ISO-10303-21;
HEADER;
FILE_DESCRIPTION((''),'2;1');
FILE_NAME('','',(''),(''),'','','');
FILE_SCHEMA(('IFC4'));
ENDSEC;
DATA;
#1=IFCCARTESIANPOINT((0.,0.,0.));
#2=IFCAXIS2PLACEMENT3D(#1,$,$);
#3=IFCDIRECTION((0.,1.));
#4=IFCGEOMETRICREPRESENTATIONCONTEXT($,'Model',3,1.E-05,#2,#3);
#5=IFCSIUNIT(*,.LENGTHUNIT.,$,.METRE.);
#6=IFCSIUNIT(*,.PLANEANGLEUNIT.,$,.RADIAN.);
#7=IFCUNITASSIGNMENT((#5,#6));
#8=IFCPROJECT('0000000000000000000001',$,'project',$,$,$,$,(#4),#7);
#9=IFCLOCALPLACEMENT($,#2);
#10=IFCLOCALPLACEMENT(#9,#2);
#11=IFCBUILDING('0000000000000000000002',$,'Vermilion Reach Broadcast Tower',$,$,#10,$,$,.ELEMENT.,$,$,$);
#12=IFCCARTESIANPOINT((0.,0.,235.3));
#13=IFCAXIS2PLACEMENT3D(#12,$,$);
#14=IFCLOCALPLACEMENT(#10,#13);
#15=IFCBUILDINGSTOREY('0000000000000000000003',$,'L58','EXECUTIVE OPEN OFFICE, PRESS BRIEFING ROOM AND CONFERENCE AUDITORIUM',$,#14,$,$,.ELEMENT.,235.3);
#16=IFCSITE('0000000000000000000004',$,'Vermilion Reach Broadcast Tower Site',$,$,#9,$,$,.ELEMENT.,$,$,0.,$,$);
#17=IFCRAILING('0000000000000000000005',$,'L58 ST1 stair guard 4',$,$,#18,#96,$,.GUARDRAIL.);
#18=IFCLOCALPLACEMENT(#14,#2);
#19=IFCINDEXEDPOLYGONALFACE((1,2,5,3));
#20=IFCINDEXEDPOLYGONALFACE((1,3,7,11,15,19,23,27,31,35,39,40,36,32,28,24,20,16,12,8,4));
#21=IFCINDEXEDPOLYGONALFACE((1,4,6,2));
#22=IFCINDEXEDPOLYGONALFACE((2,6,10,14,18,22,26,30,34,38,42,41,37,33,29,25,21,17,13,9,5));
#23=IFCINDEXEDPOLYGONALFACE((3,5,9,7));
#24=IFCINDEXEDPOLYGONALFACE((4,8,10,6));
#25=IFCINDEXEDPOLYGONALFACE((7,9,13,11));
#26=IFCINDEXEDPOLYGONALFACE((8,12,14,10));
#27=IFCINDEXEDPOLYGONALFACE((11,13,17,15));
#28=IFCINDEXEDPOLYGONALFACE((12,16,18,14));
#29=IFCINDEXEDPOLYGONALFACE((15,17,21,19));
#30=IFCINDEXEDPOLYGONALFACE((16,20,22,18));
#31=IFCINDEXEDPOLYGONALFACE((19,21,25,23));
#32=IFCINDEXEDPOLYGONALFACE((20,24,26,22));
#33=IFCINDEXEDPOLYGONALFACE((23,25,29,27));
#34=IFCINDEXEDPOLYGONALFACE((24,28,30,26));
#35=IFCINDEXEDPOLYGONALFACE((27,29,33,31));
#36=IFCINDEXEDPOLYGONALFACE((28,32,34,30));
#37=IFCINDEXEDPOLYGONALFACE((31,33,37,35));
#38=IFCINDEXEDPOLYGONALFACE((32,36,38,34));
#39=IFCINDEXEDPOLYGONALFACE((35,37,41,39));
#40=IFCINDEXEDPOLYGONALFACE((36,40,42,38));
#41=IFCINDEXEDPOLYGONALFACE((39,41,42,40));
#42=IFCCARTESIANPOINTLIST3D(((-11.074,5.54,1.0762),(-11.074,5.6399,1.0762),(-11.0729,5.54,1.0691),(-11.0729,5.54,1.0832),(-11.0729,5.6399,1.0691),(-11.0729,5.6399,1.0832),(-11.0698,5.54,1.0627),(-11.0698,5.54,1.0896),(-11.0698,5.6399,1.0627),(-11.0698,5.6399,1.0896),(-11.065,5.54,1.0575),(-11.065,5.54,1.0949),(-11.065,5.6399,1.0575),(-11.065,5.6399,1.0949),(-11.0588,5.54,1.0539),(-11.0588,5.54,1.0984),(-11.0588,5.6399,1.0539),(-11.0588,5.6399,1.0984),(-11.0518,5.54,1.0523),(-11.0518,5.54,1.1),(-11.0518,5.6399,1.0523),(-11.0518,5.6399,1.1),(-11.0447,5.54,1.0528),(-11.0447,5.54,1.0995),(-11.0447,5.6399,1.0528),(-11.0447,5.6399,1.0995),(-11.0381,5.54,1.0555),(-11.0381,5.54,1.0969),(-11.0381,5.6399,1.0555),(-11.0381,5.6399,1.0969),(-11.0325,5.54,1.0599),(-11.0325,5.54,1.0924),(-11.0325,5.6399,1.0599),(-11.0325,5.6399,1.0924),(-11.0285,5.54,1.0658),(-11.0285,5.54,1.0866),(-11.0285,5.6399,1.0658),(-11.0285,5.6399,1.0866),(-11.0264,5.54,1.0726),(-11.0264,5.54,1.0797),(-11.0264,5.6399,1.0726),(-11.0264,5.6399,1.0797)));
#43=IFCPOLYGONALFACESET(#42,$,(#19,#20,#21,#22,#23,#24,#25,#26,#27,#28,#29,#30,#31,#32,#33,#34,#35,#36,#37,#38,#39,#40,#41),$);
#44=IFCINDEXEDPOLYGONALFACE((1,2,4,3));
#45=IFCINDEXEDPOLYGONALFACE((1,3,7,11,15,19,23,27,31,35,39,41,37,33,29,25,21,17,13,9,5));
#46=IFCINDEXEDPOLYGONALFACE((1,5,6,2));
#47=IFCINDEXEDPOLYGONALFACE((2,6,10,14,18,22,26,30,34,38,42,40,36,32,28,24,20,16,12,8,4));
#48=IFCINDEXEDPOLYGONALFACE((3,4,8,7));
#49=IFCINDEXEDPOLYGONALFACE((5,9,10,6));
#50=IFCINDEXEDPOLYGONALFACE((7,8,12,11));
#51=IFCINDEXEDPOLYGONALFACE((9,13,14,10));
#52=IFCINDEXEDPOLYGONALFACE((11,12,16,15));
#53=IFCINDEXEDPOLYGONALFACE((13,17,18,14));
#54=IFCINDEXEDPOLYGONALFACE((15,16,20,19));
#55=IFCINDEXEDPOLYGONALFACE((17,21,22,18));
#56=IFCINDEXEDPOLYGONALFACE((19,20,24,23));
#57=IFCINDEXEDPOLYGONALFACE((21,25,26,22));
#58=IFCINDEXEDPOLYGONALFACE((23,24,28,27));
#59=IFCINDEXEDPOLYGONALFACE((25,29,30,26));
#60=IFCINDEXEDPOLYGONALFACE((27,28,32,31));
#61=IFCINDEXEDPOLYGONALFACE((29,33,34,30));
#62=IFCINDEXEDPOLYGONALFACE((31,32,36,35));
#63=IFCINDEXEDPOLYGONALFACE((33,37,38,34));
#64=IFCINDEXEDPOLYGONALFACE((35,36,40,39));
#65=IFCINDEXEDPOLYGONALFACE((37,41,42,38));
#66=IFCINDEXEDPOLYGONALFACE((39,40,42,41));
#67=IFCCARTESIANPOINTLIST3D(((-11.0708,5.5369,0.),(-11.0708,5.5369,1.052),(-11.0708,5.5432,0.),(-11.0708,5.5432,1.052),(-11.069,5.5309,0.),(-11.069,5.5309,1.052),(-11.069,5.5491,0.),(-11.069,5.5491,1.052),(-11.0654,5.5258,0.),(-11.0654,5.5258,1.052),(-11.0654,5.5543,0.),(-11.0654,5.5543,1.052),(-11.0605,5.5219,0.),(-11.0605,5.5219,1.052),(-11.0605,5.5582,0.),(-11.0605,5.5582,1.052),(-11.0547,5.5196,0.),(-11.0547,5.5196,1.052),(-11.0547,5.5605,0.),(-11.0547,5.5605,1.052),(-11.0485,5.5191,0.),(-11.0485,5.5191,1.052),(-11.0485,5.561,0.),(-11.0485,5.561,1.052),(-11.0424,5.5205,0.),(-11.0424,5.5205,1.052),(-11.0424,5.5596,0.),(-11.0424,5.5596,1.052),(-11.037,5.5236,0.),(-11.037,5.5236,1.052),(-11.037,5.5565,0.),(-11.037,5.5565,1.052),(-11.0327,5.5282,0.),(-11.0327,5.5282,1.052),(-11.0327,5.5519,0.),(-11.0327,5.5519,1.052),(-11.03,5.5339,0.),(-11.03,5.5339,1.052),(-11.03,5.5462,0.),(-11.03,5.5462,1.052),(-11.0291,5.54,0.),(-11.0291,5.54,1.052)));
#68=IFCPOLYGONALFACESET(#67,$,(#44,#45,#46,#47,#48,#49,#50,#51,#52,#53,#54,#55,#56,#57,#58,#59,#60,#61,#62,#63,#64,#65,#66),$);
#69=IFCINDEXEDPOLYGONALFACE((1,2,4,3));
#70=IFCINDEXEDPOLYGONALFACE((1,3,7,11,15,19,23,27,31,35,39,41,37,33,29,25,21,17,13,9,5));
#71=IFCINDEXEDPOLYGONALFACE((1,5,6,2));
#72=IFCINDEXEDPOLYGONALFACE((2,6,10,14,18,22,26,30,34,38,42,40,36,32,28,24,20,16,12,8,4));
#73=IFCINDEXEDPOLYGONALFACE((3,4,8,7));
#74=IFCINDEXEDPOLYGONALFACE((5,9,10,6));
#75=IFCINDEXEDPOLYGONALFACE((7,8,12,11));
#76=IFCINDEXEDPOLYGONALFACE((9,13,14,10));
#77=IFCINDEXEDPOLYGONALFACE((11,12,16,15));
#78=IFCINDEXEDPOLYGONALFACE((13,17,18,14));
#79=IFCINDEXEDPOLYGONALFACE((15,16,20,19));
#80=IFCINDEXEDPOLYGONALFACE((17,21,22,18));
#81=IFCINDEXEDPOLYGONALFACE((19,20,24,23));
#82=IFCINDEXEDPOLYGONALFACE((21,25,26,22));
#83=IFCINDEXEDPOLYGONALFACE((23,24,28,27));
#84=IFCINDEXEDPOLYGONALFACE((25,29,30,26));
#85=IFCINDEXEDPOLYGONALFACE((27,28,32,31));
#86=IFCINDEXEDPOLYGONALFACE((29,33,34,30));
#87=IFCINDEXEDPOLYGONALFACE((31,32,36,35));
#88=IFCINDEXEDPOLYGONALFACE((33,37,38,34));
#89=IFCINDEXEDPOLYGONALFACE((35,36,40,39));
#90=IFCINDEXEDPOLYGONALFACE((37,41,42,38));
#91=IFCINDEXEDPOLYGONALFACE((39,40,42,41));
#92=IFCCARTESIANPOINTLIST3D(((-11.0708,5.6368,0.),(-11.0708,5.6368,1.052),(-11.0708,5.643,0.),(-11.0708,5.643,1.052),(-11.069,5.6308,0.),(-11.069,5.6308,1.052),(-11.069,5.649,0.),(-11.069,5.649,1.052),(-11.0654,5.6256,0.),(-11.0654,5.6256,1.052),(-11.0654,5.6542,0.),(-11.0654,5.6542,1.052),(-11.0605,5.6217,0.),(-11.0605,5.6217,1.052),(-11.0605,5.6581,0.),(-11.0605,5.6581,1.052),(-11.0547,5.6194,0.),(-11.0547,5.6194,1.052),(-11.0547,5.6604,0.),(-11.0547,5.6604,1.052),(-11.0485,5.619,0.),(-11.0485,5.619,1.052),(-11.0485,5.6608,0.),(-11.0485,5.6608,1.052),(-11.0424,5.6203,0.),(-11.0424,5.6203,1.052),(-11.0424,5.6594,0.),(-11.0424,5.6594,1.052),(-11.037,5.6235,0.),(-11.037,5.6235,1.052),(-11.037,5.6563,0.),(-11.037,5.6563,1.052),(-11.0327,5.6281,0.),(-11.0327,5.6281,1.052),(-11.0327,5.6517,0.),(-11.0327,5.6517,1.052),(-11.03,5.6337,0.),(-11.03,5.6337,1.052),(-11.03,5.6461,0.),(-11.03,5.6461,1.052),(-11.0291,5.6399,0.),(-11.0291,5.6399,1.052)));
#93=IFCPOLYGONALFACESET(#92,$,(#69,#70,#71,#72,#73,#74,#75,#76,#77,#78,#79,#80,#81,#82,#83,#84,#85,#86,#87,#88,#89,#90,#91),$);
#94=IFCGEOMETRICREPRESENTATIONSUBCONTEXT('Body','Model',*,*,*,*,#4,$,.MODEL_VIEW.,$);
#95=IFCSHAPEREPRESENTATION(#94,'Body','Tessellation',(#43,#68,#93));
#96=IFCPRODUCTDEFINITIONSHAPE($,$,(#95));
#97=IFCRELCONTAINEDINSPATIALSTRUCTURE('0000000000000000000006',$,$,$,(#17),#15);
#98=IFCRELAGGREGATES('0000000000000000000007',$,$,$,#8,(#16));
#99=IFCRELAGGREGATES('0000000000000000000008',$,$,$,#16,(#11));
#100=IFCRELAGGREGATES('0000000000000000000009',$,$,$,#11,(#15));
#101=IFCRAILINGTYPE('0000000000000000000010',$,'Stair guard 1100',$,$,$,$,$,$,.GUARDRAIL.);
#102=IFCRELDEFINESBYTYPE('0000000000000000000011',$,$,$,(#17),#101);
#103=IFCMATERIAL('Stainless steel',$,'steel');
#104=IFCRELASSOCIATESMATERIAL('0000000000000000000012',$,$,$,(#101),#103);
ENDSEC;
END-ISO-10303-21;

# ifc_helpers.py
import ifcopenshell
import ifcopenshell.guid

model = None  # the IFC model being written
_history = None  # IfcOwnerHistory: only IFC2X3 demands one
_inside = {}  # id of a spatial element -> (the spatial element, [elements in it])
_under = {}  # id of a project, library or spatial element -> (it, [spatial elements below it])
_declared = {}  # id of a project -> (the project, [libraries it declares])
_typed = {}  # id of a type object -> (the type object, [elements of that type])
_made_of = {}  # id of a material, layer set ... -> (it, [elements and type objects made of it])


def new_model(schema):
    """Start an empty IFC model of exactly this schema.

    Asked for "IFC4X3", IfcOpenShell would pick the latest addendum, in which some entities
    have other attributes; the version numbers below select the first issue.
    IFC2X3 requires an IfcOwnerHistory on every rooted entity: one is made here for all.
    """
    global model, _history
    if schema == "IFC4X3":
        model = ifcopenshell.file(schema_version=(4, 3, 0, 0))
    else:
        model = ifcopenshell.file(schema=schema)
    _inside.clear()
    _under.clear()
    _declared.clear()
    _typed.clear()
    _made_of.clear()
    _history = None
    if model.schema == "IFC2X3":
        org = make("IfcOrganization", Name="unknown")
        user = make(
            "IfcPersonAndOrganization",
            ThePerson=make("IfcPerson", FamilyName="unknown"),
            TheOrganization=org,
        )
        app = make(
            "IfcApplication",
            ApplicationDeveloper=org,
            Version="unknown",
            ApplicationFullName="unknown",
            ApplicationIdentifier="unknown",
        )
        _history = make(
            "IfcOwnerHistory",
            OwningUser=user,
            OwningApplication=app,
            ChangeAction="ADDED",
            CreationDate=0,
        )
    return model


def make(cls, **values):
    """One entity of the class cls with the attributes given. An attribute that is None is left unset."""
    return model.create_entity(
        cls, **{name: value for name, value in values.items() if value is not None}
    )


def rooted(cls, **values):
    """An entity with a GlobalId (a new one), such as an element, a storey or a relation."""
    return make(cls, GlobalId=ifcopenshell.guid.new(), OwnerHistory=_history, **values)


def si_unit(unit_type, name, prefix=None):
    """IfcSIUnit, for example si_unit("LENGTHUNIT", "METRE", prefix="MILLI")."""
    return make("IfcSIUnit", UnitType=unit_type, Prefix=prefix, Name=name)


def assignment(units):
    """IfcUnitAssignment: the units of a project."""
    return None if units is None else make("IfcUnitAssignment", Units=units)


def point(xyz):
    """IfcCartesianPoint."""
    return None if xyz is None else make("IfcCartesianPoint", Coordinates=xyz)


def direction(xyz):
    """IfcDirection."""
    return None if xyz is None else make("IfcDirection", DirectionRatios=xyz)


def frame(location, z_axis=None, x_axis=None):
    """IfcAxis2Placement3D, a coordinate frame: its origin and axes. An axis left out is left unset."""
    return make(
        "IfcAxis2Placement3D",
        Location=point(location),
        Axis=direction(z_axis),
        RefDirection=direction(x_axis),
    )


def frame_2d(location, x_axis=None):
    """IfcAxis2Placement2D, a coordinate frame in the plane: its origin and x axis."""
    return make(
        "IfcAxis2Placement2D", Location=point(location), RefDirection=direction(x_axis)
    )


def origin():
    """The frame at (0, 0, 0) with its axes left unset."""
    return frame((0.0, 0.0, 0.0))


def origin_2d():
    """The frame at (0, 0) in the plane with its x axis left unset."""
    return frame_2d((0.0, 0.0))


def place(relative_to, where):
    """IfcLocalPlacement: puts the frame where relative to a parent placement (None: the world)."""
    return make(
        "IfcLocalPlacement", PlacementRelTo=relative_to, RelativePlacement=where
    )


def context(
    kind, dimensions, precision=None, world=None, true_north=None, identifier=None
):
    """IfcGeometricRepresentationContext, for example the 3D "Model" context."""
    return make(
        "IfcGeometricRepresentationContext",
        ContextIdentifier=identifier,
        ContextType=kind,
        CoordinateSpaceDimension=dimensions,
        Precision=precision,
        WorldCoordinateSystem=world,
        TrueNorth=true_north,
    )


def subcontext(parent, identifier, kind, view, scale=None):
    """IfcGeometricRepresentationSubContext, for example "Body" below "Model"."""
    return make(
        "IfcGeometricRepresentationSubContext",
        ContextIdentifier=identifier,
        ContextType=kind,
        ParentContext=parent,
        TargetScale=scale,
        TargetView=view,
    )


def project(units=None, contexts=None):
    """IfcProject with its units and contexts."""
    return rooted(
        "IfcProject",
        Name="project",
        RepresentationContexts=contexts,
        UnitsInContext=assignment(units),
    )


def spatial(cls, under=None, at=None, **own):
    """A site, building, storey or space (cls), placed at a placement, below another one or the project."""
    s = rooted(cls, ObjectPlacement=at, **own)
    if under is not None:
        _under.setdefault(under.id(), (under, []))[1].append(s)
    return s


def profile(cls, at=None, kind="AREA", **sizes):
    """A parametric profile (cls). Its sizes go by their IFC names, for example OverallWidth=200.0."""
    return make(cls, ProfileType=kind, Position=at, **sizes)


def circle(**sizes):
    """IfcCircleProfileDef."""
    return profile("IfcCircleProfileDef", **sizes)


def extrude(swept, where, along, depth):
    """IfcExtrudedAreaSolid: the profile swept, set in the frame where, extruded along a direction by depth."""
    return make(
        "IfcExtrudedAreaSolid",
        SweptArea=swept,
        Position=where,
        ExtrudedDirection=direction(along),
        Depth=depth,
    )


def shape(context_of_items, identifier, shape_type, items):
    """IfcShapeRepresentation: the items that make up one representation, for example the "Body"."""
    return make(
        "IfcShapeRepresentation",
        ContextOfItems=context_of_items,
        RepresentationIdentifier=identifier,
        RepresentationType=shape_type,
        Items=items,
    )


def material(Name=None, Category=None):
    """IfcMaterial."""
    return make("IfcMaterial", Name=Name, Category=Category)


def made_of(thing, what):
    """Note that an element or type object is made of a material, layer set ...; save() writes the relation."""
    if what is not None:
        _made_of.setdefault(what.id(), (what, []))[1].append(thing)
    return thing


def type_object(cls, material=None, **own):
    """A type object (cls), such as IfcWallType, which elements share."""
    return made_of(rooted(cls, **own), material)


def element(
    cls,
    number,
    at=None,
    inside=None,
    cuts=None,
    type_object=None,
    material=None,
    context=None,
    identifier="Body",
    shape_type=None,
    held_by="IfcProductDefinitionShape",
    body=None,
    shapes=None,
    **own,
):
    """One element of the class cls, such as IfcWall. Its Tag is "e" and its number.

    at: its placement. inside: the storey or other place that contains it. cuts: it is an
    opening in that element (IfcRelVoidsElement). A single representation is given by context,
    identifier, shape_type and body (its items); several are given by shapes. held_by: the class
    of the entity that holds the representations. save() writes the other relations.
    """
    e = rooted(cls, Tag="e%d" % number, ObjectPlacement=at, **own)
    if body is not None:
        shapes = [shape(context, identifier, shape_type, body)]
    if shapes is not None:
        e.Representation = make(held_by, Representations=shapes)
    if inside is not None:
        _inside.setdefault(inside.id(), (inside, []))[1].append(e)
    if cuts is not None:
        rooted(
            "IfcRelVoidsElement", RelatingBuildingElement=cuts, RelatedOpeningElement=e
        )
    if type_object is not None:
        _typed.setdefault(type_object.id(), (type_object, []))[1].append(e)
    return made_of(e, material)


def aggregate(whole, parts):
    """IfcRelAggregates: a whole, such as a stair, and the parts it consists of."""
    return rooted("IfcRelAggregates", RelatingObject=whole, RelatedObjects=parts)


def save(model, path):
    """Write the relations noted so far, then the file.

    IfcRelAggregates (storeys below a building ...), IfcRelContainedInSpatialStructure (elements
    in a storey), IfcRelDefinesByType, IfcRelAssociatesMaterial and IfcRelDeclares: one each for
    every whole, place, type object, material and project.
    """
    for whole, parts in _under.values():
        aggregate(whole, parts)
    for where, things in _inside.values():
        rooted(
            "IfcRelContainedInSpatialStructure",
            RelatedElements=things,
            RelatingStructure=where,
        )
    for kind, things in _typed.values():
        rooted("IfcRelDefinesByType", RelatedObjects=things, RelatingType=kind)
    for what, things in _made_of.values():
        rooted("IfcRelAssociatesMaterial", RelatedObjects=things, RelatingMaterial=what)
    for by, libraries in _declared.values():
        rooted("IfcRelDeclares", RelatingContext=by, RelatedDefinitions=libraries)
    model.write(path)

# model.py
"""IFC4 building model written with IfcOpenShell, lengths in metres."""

from ifc_helpers import new_model, si_unit, direction, frame, origin, origin_2d, place, context, subcontext, project, spatial, circle, extrude, material, type_object, element, save


model = new_model("IFC4")

# Units and contexts
model_context = context("Model", 3, precision=1e-05, world=origin(), true_north=direction((0.0, 1.0)))
body_context = subcontext(model_context, "Body", "Model", "MODEL_VIEW")
ifc_project = project(units=[si_unit("LENGTHUNIT", "METRE"), si_unit("PLANEANGLEUNIT", "RADIAN")], contexts=[model_context])

# Site, building, storey
site_placement = place(None, origin())
site = spatial("IfcSite", under=ifc_project, at=site_placement, Name="Vermilion Reach Broadcast Tower Site", CompositionType="ELEMENT", RefElevation=0.0)
building_placement = place(site_placement, origin())
building = spatial("IfcBuilding", under=site, at=building_placement, Name="Vermilion Reach Broadcast Tower", CompositionType="ELEMENT")
storey_placement = place(building_placement, frame((0.0, 0.0, 235.3)))
storey = spatial("IfcBuildingStorey", under=building, at=storey_placement, Name="L58", Description="EXECUTIVE OPEN OFFICE, PRESS BRIEFING ROOM AND CONFERENCE AUDITORIUM", CompositionType="ELEMENT", Elevation=235.3)

# Railing
ifc_material_1 = material(Name="Stainless steel", Category="steel")
railing_type_1 = type_object("IfcRailingType", Name="Stair guard 1100", PredefinedType="GUARDRAIL", material=ifc_material_1)
railing_1_placement = place(storey_placement, frame((-11.05, 5.54, 0.0)))
element("IfcRailing", 1, at=railing_1_placement, inside=storey, type_object=railing_type_1, Name="L58 ST1 stair guard 4", PredefinedType="GUARDRAIL", context=body_context, shape_type="SweptSolid", body=[
    extrude(circle(Radius=0.0239, at=origin_2d()), frame((0.0, 0.0, 1.0762), z_axis=(0.0, 1.0, 0.0), x_axis=(-1.0, 0.0, 0.0)), (0.0, 0.0, 1.0), 0.0999),
    extrude(circle(Radius=0.021, at=origin_2d()), origin(), (0.0, 0.0, 1.0), 1.052),
    extrude(circle(Radius=0.021, at=origin_2d()), frame((0.0, 0.0999, 0.0)), (0.0, 0.0, 1.0), 1.052),
])

save(model, "model.ifc")
